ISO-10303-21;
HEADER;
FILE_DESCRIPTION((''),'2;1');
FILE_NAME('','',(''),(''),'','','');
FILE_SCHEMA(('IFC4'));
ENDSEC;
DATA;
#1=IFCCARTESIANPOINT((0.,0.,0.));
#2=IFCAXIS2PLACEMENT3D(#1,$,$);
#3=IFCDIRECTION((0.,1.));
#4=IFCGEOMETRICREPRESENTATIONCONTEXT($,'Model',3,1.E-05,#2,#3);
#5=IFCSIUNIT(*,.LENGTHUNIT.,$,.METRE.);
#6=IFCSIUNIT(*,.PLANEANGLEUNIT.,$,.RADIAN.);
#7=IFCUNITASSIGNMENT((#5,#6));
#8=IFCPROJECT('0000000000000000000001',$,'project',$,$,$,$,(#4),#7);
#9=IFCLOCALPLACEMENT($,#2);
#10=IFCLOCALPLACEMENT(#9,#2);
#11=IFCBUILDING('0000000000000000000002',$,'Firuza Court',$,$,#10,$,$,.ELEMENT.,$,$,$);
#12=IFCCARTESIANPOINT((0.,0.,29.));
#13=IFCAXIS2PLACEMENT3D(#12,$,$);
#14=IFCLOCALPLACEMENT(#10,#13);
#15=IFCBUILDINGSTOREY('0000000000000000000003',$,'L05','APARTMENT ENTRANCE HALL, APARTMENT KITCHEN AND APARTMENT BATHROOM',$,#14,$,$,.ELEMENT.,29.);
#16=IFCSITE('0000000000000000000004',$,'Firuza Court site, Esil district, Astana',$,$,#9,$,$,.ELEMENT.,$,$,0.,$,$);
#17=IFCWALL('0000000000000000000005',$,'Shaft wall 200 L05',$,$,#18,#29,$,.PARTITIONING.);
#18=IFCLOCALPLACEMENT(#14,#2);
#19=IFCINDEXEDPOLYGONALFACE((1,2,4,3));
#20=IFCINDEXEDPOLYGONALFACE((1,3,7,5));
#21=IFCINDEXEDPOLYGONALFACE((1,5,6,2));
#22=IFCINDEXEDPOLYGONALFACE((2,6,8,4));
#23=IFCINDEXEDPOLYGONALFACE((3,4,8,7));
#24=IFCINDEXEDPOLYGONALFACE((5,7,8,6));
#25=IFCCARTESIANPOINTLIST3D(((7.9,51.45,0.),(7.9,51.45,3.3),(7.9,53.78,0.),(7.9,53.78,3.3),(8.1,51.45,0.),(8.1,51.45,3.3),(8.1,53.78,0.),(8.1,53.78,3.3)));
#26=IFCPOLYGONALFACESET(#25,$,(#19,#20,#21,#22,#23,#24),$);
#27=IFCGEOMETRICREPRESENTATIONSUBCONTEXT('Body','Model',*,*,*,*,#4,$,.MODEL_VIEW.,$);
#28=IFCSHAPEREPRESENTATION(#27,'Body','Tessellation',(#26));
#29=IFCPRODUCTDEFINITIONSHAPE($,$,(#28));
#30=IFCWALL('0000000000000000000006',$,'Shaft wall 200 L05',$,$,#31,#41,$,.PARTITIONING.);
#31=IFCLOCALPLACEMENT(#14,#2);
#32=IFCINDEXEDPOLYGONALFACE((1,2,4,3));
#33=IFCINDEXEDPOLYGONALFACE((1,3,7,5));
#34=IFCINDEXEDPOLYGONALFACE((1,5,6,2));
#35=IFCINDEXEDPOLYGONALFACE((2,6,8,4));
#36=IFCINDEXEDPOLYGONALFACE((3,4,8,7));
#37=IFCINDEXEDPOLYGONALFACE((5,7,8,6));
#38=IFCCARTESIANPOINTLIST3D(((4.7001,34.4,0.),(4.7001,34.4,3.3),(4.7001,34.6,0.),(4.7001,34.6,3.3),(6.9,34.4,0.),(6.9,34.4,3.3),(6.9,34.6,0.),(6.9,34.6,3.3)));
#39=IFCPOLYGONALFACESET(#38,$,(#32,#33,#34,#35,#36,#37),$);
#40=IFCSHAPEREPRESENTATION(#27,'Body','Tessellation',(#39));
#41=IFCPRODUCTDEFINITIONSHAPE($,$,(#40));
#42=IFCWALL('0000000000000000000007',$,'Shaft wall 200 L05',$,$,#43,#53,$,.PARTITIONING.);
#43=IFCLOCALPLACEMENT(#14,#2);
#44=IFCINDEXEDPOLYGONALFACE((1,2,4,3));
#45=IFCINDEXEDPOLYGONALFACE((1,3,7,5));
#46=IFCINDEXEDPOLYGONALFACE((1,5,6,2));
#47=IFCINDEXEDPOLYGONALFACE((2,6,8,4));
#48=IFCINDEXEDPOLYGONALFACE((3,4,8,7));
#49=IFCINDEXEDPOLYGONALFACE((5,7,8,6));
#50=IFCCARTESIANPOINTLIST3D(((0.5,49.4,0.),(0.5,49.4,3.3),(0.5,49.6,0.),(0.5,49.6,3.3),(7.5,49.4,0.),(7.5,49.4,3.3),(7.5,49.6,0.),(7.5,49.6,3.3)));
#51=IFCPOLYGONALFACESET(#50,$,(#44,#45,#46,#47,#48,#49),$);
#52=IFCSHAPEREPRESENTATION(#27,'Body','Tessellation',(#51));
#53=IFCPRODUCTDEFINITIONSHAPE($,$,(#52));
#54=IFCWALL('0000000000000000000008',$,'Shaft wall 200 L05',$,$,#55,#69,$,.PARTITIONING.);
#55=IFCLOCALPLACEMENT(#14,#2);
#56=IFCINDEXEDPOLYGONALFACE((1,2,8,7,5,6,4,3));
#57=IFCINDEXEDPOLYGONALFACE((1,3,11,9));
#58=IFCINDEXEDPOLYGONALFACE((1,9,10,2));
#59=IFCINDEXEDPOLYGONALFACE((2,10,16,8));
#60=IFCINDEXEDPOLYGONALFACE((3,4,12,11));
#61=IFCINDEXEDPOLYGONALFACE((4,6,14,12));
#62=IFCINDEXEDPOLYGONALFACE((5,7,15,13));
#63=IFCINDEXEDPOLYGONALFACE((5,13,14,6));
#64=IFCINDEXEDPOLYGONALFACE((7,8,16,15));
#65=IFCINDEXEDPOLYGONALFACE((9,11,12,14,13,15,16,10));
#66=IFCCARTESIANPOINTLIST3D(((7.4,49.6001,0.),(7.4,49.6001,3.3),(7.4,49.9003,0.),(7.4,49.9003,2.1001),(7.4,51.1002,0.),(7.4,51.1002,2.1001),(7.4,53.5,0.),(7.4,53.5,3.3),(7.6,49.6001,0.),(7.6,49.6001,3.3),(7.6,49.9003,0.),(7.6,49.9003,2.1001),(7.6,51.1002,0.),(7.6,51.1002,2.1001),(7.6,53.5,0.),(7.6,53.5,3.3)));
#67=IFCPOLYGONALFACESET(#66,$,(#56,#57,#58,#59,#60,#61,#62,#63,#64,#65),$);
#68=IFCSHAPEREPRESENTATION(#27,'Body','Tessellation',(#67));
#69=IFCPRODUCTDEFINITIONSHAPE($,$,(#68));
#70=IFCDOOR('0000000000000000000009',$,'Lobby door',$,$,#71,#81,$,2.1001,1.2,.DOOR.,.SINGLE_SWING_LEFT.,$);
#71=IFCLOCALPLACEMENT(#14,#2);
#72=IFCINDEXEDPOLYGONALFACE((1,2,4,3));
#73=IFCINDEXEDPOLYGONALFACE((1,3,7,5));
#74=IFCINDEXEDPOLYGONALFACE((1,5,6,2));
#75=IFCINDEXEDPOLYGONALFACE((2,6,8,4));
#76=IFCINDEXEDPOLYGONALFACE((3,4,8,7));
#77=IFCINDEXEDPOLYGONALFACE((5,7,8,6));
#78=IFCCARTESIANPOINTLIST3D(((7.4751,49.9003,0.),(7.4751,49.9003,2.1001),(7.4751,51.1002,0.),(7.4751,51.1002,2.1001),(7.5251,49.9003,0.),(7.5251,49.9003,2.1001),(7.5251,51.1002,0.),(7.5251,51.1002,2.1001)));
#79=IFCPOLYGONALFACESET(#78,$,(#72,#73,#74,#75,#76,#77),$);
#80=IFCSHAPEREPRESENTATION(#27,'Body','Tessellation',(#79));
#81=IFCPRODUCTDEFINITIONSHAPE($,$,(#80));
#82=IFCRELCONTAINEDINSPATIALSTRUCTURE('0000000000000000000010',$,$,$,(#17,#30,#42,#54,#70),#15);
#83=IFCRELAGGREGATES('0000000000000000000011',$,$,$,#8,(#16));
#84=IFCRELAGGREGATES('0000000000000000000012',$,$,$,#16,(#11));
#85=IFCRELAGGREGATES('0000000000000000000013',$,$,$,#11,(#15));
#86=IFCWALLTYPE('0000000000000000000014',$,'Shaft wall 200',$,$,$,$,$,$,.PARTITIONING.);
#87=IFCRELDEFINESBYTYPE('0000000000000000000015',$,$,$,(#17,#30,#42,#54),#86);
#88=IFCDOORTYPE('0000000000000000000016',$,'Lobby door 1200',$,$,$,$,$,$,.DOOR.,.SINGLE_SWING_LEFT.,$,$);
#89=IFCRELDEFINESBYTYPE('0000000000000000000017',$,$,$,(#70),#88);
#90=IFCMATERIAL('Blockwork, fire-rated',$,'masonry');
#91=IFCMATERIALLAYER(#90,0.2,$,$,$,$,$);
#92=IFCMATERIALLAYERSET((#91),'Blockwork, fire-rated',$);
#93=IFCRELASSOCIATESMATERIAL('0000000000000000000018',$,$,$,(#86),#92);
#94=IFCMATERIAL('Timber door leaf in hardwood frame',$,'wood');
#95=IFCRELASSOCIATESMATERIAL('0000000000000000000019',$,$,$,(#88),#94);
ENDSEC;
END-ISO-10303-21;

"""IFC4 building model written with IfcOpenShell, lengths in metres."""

from ifc_helpers import new_model, si_unit, direction, frame, frame_2d, origin, place, context, subcontext, project, spatial, rectangle, extrude, material, layer, layer_set, type_object, element, fill, save


model = new_model("IFC4")

# Units and contexts
model_context = context("Model", 3, precision=1e-05, world=origin(), true_north=direction((0.0, 1.0)))
body_context = subcontext(model_context, "Body", "Model", "MODEL_VIEW")
ifc_project = project(units=[si_unit("LENGTHUNIT", "METRE"), si_unit("PLANEANGLEUNIT", "RADIAN")], contexts=[model_context])

# Site, building, storey
site_placement = place(None, origin())
site = spatial("IfcSite", under=ifc_project, at=site_placement, Name="Firuza Court site, Esil district, Astana", CompositionType="ELEMENT", RefElevation=0.0)
building_placement = place(site_placement, origin())
building = spatial("IfcBuilding", under=site, at=building_placement, Name="Firuza Court", CompositionType="ELEMENT")
storey_placement = place(building_placement, frame((0.0, 0.0, 29.0)))
storey = spatial("IfcBuildingStorey", under=building, at=storey_placement, Name="L05", Description="APARTMENT ENTRANCE HALL, APARTMENT KITCHEN AND APARTMENT BATHROOM", CompositionType="ELEMENT", Elevation=29.0)

# Shared definitions
ifc_material_1 = material(Name="Blockwork, fire-rated", Category="masonry")
ifc_layer_1 = layer(ifc_material_1, 0.2)
ifc_layer_set_1 = layer_set([ifc_layer_1], Name="Blockwork, fire-rated")
wall_type_1 = type_object("IfcWallType", Name="Shaft wall 200", PredefinedType="PARTITIONING", material=ifc_layer_set_1)
ifc_material_2 = material(Name="Timber door leaf in hardwood frame", Category="wood")
door_type_1 = type_object("IfcDoorType", Name="Lobby door 1200", OperationType="SINGLE_SWING_LEFT", PredefinedType="DOOR", material=ifc_material_2)

# Walls
wall_1_placement = place(storey_placement, frame((8.0, 51.45, 0.0), z_axis=(0.0, 0.0, 1.0), x_axis=(0.0, 1.0, 0.0)))
element("IfcWall", 1, at=wall_1_placement, inside=storey, type_object=wall_type_1, Name="Shaft wall 200 L05", PredefinedType="PARTITIONING", context=body_context, shape_type="SweptSolid", body=[
    extrude(rectangle(XDim=2.3301, YDim=0.2, at=frame_2d((1.165, 0.0))), origin(), (0.0, 0.0, 1.0), 3.3),
])
wall_2_placement = place(storey_placement, frame((4.7, 34.5, 0.0), z_axis=(0.0, 0.0, 1.0), x_axis=(1.0, 0.0, 0.0)))
element("IfcWall", 2, at=wall_2_placement, inside=storey, type_object=wall_type_1, Name="Shaft wall 200 L05", PredefinedType="PARTITIONING", context=body_context, shape_type="SweptSolid", body=[
    extrude(rectangle(XDim=2.2, YDim=0.2, at=frame_2d((1.1001, 0.0))), origin(), (0.0, 0.0, 1.0), 3.3),
])
wall_3_placement = place(storey_placement, frame((0.5, 49.5, 0.0), z_axis=(0.0, 0.0, 1.0), x_axis=(1.0, 0.0, 0.0)))
element("IfcWall", 3, at=wall_3_placement, inside=storey, type_object=wall_type_1, Name="Shaft wall 200 L05", PredefinedType="PARTITIONING", context=body_context, shape_type="SweptSolid", body=[
    extrude(rectangle(XDim=7.0, YDim=0.2, at=frame_2d((3.5, 0.0))), origin(), (0.0, 0.0, 1.0), 3.3),
])

# Wall, opening, door
wall_4_placement = place(storey_placement, frame((7.5, 49.6001, 0.0), z_axis=(0.0, 0.0, 1.0), x_axis=(0.0, 1.0, 0.0)))
wall_4 = element("IfcWall", 4, at=wall_4_placement, inside=storey, type_object=wall_type_1, Name="Shaft wall 200 L05", PredefinedType="PARTITIONING", context=body_context, shape_type="SweptSolid", body=[
    extrude(rectangle(XDim=3.8999, YDim=0.2, at=frame_2d((1.95, 0.0))), origin(), (0.0, 0.0, 1.0), 3.3),
])
opening_1_placement = place(wall_4_placement, frame((0.3, 0.0, 0.0)))
opening_1 = element("IfcOpeningElement", 5, at=opening_1_placement, cuts=wall_4, PredefinedType="OPENING", context=body_context, shape_type="SweptSolid", body=[
    extrude(rectangle(XDim=1.2, YDim=2.1001, at=frame_2d((0.6001, 1.05))), frame((0.0, 0.1118, 0.0), z_axis=(0.0, -1.0, 0.0), x_axis=(1.0, 0.0, 0.0)), (0.0, 0.0, 1.0), 0.2239),
])
door_1_placement = place(opening_1_placement, origin())
door_1 = element("IfcDoor", 6, at=door_1_placement, inside=storey, type_object=door_type_1, Name="Lobby door", OperationType="SINGLE_SWING_LEFT", OverallHeight=2.1001, OverallWidth=1.2, PredefinedType="DOOR", context=body_context, shape_type="SweptSolid", body=[
    extrude(rectangle(XDim=1.2, YDim=2.1001, at=frame_2d((0.6001, 1.05))), frame((0.0, 0.0249, 0.0), z_axis=(0.0, -1.0, 0.0), x_axis=(1.0, 0.0, 0.0)), (0.0, 0.0, 1.0), 0.05),
])
fill(opening_1, door_1)

save(model, "model.ifc")
